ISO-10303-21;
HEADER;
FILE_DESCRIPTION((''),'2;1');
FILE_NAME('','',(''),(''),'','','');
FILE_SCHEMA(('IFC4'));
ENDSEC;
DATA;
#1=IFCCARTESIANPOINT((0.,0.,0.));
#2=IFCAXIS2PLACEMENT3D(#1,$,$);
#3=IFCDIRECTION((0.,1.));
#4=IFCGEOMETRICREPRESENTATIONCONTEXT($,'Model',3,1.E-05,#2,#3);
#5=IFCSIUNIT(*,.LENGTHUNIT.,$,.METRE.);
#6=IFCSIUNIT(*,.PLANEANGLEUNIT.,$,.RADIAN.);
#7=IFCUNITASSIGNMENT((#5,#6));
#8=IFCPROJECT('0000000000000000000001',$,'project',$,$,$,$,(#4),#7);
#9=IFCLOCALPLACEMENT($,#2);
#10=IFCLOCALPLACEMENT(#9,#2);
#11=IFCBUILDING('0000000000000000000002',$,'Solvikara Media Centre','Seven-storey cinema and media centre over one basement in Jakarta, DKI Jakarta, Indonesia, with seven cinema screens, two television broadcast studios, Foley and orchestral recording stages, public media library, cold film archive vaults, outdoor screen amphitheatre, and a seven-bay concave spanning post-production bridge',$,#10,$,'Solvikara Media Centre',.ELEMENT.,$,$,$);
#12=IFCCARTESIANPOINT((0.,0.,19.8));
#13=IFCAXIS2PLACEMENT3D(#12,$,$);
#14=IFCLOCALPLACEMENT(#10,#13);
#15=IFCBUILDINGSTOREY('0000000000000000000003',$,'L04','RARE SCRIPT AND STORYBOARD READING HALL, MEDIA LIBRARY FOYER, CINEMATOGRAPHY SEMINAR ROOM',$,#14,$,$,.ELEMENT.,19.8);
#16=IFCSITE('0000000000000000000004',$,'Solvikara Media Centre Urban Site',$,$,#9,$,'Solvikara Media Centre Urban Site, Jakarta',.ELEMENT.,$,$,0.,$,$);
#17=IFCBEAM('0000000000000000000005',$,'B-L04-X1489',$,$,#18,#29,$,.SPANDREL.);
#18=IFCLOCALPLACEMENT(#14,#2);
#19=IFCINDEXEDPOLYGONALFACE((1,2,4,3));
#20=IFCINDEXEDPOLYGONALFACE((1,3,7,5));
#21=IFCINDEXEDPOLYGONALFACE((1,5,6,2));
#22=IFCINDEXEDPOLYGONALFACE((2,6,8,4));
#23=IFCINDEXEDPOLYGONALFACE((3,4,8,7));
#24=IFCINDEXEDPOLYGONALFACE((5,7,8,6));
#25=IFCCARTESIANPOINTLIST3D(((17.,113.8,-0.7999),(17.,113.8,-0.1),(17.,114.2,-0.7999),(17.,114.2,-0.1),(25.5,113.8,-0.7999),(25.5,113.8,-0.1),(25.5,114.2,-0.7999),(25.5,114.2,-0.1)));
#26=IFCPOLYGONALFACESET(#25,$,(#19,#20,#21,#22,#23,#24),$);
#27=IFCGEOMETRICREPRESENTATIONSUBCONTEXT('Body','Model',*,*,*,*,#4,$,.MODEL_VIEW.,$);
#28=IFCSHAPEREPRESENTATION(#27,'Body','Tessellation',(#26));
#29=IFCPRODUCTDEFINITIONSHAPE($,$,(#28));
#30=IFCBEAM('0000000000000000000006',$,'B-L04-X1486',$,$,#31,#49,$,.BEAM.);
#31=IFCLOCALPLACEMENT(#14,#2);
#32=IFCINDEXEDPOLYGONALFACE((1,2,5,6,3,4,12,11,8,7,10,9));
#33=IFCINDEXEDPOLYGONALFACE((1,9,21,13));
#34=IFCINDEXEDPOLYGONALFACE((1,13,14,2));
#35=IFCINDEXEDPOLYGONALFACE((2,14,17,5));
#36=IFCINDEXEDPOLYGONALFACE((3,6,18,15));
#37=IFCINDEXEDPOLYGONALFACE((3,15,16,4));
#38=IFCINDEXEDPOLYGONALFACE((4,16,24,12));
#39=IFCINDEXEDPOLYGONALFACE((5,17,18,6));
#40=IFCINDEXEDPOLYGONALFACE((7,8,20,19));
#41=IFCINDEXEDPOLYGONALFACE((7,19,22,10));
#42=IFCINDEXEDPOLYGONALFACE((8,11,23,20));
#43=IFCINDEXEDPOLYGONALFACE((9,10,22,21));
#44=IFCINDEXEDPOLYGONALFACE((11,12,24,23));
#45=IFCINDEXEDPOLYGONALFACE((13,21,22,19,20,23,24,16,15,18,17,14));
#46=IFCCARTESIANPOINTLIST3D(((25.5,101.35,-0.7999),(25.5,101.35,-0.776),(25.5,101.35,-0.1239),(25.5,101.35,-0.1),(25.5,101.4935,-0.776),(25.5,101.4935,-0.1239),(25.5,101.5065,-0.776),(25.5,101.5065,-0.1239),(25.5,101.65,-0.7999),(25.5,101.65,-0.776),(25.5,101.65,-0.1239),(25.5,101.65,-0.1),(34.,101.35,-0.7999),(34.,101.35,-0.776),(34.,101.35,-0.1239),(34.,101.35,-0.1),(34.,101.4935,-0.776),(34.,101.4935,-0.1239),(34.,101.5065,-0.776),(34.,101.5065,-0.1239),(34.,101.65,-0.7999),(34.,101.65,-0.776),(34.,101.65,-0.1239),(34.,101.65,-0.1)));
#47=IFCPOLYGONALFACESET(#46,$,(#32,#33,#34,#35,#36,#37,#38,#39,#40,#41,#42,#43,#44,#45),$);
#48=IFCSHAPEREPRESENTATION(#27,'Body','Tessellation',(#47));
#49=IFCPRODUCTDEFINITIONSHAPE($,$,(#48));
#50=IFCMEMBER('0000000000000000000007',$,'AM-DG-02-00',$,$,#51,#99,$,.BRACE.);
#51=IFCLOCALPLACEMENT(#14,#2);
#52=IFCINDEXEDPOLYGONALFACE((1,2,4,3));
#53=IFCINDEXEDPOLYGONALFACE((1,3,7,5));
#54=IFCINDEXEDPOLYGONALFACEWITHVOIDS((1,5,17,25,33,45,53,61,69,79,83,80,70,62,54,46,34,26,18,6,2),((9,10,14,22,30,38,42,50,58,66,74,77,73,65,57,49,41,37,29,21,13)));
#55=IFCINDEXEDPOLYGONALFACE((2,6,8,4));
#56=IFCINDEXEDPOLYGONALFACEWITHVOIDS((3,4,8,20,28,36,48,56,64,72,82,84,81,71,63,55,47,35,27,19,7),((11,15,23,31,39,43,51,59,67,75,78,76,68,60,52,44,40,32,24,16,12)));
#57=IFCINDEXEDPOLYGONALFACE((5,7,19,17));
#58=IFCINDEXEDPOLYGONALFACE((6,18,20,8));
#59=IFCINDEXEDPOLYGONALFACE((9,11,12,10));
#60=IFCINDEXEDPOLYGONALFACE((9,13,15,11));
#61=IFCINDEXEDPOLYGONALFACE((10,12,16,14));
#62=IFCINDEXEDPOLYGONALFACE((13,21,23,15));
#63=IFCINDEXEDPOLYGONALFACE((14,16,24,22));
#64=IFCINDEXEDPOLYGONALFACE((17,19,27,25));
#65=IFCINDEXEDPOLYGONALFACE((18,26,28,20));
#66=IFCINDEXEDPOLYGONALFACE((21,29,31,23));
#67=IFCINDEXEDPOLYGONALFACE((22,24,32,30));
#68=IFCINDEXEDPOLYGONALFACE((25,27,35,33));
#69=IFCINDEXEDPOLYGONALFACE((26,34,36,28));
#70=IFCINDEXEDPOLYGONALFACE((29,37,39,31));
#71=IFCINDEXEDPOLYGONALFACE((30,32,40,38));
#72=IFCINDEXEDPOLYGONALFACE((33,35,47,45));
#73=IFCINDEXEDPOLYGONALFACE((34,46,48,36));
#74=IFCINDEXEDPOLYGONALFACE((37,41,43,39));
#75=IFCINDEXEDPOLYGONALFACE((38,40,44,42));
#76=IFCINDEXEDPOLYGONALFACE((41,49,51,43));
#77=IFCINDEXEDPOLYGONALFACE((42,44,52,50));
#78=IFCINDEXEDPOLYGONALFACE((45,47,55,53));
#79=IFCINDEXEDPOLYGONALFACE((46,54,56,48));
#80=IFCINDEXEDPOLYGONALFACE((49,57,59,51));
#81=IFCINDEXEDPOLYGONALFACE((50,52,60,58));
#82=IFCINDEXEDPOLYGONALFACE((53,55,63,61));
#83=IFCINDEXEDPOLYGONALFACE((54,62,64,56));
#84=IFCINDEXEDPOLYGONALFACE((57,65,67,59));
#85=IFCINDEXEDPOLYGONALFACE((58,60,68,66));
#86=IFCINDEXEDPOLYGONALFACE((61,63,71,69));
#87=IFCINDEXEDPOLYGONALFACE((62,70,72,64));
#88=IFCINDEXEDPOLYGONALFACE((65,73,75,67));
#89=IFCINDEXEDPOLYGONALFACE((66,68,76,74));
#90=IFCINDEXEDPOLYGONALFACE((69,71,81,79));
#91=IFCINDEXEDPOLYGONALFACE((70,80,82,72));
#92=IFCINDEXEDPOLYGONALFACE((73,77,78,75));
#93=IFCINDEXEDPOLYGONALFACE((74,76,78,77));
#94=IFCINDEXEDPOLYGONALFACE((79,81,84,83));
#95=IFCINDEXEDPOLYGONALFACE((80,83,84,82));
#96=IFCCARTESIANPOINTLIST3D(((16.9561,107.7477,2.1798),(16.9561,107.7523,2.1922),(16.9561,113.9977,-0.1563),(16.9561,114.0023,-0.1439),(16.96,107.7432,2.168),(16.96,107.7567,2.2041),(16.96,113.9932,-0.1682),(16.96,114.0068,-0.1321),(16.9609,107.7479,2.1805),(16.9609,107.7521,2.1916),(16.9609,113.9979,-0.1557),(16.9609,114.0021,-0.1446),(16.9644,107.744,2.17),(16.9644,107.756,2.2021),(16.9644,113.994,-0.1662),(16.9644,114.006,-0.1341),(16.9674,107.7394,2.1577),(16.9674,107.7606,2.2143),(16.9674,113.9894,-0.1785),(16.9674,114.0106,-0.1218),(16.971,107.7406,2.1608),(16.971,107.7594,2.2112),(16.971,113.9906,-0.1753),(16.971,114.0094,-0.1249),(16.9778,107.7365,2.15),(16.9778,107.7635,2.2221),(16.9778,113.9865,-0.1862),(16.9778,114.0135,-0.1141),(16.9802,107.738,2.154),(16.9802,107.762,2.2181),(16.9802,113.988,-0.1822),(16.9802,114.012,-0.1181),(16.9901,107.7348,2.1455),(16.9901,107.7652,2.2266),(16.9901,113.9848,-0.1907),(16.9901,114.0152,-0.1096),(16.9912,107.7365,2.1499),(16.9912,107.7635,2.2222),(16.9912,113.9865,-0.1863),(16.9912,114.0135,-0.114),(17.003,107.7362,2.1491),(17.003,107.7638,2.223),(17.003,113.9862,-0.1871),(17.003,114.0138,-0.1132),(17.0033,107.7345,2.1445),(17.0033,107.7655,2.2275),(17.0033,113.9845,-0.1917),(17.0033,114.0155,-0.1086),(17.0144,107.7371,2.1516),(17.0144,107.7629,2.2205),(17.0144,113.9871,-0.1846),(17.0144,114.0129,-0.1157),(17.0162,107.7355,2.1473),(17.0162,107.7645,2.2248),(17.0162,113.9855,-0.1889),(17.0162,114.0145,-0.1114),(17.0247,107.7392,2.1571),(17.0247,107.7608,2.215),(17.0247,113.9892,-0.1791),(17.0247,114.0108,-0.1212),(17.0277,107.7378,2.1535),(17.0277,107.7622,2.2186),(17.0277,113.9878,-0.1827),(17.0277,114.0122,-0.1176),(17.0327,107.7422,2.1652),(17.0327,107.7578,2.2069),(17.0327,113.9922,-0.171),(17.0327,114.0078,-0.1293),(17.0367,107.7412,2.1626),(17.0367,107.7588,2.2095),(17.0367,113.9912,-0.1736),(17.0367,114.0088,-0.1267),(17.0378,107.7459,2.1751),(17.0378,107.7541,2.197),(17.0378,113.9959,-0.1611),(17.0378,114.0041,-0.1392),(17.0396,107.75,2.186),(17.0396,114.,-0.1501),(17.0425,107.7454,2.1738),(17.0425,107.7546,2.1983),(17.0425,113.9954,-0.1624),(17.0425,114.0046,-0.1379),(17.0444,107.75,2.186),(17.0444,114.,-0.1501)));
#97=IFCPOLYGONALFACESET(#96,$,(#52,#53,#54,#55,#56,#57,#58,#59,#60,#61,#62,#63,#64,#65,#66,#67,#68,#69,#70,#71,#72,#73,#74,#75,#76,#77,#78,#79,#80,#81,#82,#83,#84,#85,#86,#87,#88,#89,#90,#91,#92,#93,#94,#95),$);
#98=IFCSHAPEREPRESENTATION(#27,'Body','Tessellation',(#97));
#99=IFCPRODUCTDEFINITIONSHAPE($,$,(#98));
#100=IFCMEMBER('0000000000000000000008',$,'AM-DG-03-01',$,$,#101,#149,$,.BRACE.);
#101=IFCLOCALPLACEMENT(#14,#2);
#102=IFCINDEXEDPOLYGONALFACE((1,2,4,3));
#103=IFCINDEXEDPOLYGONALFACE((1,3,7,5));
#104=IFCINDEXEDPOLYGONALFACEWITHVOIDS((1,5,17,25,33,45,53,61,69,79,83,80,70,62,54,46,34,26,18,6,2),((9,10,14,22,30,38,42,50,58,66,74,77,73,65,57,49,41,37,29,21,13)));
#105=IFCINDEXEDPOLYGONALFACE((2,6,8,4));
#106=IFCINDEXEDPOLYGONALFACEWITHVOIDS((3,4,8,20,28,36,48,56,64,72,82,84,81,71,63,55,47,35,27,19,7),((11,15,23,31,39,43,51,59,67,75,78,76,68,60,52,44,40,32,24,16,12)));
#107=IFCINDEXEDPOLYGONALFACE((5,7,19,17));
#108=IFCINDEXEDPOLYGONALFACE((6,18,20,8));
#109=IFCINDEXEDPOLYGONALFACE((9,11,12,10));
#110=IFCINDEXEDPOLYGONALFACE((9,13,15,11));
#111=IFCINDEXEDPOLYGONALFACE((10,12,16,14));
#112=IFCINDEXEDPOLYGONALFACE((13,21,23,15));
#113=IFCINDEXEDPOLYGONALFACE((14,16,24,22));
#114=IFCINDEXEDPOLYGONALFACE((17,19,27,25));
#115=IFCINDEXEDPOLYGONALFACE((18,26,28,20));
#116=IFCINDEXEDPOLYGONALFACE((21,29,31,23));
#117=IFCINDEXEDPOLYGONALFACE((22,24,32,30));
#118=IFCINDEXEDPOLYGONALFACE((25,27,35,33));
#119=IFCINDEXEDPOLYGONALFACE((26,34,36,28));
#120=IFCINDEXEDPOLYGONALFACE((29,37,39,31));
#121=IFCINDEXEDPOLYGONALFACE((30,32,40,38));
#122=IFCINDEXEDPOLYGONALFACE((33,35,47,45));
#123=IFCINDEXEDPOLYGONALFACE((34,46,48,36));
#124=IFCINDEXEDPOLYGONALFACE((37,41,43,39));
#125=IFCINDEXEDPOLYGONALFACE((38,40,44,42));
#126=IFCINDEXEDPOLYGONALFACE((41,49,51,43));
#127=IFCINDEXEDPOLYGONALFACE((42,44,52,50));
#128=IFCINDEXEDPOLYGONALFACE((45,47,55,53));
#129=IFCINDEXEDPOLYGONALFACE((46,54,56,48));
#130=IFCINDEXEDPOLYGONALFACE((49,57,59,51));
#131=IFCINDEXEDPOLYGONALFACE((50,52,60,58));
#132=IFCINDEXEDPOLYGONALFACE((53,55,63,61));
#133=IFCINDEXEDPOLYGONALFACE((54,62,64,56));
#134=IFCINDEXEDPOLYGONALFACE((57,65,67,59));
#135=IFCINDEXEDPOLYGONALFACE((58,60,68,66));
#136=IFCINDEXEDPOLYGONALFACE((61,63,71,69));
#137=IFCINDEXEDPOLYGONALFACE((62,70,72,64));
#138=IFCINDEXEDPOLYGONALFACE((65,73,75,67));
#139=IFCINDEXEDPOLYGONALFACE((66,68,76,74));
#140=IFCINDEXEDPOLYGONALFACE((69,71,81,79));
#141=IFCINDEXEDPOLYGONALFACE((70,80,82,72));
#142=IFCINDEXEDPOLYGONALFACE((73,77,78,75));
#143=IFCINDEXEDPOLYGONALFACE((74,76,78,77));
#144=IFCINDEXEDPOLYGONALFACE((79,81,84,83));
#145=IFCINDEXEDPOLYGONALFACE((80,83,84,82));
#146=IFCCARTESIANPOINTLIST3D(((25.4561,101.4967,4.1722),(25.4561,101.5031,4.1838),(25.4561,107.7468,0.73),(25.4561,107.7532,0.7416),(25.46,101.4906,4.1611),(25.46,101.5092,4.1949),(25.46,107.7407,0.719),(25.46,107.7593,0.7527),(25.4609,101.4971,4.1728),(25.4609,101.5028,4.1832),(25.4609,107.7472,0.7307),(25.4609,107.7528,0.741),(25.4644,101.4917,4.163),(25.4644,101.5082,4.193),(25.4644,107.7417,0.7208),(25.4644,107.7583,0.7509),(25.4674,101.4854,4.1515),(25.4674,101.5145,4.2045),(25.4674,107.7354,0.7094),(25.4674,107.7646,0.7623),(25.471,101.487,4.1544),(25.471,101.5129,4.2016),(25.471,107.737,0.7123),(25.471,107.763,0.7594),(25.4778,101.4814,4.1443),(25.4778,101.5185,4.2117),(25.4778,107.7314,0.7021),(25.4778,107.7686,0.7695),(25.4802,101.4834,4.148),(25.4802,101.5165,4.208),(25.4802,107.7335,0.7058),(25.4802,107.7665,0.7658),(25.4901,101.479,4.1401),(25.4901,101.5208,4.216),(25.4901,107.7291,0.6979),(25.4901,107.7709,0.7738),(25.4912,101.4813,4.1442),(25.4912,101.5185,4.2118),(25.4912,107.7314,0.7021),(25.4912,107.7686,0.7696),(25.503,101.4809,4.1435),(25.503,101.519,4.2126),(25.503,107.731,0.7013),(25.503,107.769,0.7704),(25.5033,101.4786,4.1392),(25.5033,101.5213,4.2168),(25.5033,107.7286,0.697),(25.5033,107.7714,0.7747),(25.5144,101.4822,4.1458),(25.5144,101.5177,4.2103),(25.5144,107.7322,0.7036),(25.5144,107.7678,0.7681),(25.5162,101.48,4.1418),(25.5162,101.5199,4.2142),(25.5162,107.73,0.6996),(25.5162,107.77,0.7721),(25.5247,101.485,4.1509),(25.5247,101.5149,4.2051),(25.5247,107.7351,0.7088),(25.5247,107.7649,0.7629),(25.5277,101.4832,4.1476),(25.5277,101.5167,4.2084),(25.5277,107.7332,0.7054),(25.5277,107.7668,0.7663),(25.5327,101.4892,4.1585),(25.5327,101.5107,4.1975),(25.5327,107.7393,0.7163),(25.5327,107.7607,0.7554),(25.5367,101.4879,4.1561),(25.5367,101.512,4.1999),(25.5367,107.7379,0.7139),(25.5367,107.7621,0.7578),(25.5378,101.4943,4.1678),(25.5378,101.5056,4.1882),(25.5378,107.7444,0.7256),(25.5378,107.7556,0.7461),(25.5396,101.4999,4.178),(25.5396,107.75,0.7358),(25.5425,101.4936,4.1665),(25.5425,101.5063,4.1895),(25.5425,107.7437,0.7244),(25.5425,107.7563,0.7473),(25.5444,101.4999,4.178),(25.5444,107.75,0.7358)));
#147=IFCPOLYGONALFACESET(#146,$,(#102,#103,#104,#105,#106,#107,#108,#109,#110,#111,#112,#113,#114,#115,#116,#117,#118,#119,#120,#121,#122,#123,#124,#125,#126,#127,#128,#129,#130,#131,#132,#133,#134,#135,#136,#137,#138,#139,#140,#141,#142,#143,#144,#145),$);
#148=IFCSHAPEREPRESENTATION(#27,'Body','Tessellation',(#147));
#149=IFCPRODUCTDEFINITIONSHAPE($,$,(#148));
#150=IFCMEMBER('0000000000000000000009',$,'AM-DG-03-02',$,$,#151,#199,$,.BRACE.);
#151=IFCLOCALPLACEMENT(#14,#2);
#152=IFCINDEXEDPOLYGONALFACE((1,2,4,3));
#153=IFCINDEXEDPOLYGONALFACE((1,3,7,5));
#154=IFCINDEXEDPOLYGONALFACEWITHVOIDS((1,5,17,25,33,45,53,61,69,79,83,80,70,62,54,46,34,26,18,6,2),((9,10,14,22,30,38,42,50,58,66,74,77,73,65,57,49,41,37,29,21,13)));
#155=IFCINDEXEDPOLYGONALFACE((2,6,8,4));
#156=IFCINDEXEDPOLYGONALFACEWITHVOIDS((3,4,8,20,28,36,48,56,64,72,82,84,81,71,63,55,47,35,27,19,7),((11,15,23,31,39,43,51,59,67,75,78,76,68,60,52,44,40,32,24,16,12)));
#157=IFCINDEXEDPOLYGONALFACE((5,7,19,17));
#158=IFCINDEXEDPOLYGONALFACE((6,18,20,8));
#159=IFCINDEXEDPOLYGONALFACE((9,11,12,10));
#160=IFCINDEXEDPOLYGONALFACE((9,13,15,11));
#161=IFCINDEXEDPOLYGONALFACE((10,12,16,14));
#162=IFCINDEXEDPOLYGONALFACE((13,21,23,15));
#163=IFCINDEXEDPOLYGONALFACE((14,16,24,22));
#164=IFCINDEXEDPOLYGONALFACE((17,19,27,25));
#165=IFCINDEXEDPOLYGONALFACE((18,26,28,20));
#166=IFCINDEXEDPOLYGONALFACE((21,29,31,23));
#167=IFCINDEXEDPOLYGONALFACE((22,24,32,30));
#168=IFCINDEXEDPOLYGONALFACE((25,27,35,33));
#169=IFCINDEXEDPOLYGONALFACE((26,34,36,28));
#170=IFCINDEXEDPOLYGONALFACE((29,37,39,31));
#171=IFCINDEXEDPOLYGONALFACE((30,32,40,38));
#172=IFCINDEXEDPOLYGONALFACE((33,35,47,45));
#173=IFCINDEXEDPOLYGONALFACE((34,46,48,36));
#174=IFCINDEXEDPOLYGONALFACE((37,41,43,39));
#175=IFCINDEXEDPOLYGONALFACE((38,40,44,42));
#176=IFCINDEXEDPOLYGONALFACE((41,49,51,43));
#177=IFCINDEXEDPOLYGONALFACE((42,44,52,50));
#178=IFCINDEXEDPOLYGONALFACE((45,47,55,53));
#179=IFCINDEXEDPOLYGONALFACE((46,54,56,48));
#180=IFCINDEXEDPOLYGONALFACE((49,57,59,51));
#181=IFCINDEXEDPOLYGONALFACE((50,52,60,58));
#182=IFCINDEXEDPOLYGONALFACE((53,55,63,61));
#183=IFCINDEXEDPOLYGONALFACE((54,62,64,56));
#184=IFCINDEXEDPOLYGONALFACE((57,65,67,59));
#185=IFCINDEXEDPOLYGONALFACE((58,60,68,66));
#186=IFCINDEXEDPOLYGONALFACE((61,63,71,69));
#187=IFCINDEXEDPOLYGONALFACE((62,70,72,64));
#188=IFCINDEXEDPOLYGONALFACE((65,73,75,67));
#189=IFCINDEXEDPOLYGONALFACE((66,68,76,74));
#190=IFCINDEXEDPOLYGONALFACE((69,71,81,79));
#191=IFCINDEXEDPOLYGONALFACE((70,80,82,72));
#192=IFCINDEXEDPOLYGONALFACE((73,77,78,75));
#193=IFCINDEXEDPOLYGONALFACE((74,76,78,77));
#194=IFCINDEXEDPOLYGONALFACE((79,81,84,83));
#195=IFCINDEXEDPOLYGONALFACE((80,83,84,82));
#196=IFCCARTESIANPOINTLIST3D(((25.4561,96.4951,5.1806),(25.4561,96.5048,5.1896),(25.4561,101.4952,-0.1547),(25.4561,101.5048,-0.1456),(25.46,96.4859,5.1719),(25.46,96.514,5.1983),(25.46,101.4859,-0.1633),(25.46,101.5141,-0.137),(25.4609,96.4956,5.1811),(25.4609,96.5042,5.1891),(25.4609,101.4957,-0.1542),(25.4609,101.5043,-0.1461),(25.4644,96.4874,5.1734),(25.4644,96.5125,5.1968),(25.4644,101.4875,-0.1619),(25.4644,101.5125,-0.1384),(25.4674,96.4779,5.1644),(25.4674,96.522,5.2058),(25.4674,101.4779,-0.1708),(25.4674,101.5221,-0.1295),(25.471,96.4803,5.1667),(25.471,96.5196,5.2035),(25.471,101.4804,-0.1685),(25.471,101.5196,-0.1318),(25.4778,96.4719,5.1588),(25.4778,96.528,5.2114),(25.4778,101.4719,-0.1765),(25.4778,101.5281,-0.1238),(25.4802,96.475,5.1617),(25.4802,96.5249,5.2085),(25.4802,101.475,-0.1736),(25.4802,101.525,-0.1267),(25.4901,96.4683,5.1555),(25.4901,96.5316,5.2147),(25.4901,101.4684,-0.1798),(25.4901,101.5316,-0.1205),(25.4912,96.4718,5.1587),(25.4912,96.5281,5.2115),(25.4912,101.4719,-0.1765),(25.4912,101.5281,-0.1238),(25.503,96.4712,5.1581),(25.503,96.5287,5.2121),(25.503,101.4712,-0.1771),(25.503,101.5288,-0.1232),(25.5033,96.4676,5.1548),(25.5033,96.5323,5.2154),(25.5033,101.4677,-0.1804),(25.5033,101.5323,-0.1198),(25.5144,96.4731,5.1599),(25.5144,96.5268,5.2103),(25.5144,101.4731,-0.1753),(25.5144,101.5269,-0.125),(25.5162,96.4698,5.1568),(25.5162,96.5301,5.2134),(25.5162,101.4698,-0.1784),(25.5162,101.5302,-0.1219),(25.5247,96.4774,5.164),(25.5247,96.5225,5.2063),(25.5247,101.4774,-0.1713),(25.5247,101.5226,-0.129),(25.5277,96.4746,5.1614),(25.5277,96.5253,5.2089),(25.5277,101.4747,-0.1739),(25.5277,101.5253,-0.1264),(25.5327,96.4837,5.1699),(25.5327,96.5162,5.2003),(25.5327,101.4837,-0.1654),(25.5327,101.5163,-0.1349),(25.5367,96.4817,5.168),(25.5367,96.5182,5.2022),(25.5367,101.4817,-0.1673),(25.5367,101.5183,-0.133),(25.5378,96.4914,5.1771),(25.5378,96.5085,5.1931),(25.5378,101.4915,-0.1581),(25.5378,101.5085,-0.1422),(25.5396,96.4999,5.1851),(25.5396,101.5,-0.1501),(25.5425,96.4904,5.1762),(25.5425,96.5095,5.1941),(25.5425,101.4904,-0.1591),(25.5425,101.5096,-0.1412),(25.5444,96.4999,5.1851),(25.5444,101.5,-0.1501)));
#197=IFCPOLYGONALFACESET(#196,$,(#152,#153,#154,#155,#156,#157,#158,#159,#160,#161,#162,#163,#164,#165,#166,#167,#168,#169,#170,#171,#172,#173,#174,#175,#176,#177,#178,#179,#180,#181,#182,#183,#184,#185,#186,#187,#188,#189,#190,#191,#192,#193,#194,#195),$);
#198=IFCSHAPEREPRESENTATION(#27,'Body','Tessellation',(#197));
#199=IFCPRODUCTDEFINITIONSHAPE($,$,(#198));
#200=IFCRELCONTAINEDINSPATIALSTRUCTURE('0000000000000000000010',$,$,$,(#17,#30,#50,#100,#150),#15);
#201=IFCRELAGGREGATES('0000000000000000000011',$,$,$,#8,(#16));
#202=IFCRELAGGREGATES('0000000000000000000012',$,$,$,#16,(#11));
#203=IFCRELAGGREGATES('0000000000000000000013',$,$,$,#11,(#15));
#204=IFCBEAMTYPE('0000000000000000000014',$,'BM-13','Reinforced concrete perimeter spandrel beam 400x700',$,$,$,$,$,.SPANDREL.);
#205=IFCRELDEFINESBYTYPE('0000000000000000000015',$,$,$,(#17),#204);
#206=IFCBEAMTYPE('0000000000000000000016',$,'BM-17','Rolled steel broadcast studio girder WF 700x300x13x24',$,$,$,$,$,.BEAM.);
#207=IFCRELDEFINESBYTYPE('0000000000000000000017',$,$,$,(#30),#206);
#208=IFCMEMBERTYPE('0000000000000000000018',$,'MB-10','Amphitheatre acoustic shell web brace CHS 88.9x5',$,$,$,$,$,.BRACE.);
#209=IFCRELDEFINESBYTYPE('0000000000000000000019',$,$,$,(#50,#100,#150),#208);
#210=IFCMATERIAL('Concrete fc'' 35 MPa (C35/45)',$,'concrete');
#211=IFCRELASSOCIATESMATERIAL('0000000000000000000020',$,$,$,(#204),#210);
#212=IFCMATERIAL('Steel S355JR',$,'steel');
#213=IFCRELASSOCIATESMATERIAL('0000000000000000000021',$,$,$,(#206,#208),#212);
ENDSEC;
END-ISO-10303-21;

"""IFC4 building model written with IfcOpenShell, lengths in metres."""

from ifc_helpers import new_model, si_unit, direction, frame, origin, origin_2d, place, context, subcontext, project, spatial, rectangle, hollow_circle, i_section, extrude, material, material_profile, profile_set, type_object, element, save


model = new_model("IFC4")

# Units and contexts
model_context = context("Model", 3, precision=1e-05, world=origin(), true_north=direction((0.0, 1.0)))
body_context = subcontext(model_context, "Body", "Model", "MODEL_VIEW")
ifc_project = project(units=[si_unit("LENGTHUNIT", "METRE"), si_unit("PLANEANGLEUNIT", "RADIAN")], contexts=[model_context])

# Site, building, storey
site_placement = place(None, origin())
site = spatial("IfcSite", under=ifc_project, at=site_placement, Name="Solvikara Media Centre Urban Site", LongName="Solvikara Media Centre Urban Site, Jakarta", CompositionType="ELEMENT", RefElevation=0.0)
building_placement = place(site_placement, origin())
building = spatial("IfcBuilding", under=site, at=building_placement, Name="Solvikara Media Centre", Description="Seven-storey cinema and media centre over one basement in Jakarta, DKI Jakarta, Indonesia, with seven cinema screens, two television broadcast studios, Foley and orchestral recording stages, public media library, cold film archive vaults, outdoor screen amphitheatre, and a seven-bay concave spanning post-production bridge", LongName="Solvikara Media Centre", CompositionType="ELEMENT")
storey_placement = place(building_placement, frame((0.0, 0.0, 19.8)))
storey = spatial("IfcBuildingStorey", under=building, at=storey_placement, Name="L04", Description="RARE SCRIPT AND STORYBOARD READING HALL, MEDIA LIBRARY FOYER, CINEMATOGRAPHY SEMINAR ROOM", CompositionType="ELEMENT", Elevation=19.8)

# Beams
ifc_material_1 = material(Name="Concrete fc' 35 MPa (C35/45)", Category="concrete")
ifc_material_profile_1 = material_profile(ifc_material_1, rectangle(XDim=0.3999, YDim=0.7, at=origin_2d()), Name="RC 400x700")
ifc_profile_set_1 = profile_set([ifc_material_profile_1], Name="Concrete fc' 35 MPa (C35/45)")
beam_type_1 = type_object("IfcBeamType", Name="BM-13", Description="Reinforced concrete perimeter spandrel beam 400x700", PredefinedType="SPANDREL", material=ifc_profile_set_1)
beam_1_placement = place(storey_placement, frame((17.0, 114.0, -0.45), z_axis=(1.0, 0.0, 0.0), x_axis=(0.0, 1.0, 0.0)))
element("IfcBeam", 1, at=beam_1_placement, inside=storey, type_object=beam_type_1, Name="B-L04-X1489", PredefinedType="SPANDREL", context=body_context, shape_type="SweptSolid", body=[
    extrude(rectangle(XDim=0.3999, YDim=0.7, at=origin_2d()), origin(), (0.0, 0.0, 1.0), 8.5),
])
ifc_material_2 = material(Name="Steel S355JR", Category="steel")
ifc_material_profile_2 = material_profile(ifc_material_2, i_section(OverallWidth=0.3, OverallDepth=0.7, WebThickness=0.0129, FlangeThickness=0.0239, at=origin_2d()), Name="WF 700x300x13x24")
ifc_profile_set_2 = profile_set([ifc_material_profile_2], Name="Steel S355JR")
beam_type_2 = type_object("IfcBeamType", Name="BM-17", Description="Rolled steel broadcast studio girder WF 700x300x13x24", PredefinedType="BEAM", material=ifc_profile_set_2)
beam_2_placement = place(storey_placement, frame((25.5, 101.5, -0.45), z_axis=(1.0, 0.0, 0.0), x_axis=(0.0, 1.0, 0.0)))
element("IfcBeam", 2, at=beam_2_placement, inside=storey, type_object=beam_type_2, Name="B-L04-X1486", PredefinedType="BEAM", context=body_context, shape_type="SweptSolid", body=[
    extrude(i_section(OverallWidth=0.3, OverallDepth=0.7, WebThickness=0.0129, FlangeThickness=0.0239, at=origin_2d()), origin(), (0.0, 0.0, 1.0), 8.5),
])

# Members
ifc_material_profile_3 = material_profile(ifc_material_2, hollow_circle(Radius=0.0444, WallThickness=0.0049, at=origin_2d()), Name="CHS 88.9x5")
ifc_profile_set_3 = profile_set([ifc_material_profile_3], Name="Steel S355JR")
member_type_1 = type_object("IfcMemberType", Name="MB-10", Description="Amphitheatre acoustic shell web brace CHS 88.9x5", PredefinedType="BRACE", material=ifc_profile_set_3)
member_1_placement = place(storey_placement, frame((17.0, 114.0, -0.1501), z_axis=(0.0, -0.936702, 0.350129), x_axis=(1.0, 0.0, 0.0)))
element("IfcMember", 3, at=member_1_placement, inside=storey, type_object=member_type_1, Name="AM-DG-02-00", PredefinedType="BRACE", context=body_context, shape_type="SweptSolid", body=[
    extrude(hollow_circle(Radius=0.0444, WallThickness=0.0049, at=origin_2d()), origin(), (0.0, 0.0, 1.0), 6.6724),
])
member_2_placement = place(storey_placement, frame((25.5, 107.75, 0.7358), z_axis=(0.0, -0.875941, 0.482418), x_axis=(1.0, 0.0, 0.0)))
element("IfcMember", 4, at=member_2_placement, inside=storey, type_object=member_type_1, Name="AM-DG-03-01", PredefinedType="BRACE", context=body_context, shape_type="SweptSolid", body=[
    extrude(hollow_circle(Radius=0.0444, WallThickness=0.0049, at=origin_2d()), origin(), (0.0, 0.0, 1.0), 7.1353),
])
member_3_placement = place(storey_placement, frame((25.5, 101.5, -0.1501), z_axis=(0.0, -0.683813, 0.729657), x_axis=(1.0, 0.0, 0.0)))
element("IfcMember", 5, at=member_3_placement, inside=storey, type_object=member_type_1, Name="AM-DG-03-02", PredefinedType="BRACE", context=body_context, shape_type="SweptSolid", body=[
    extrude(hollow_circle(Radius=0.0444, WallThickness=0.0049, at=origin_2d()), origin(), (0.0, 0.0, 1.0), 7.312),
])

save(model, "model.ifc")
